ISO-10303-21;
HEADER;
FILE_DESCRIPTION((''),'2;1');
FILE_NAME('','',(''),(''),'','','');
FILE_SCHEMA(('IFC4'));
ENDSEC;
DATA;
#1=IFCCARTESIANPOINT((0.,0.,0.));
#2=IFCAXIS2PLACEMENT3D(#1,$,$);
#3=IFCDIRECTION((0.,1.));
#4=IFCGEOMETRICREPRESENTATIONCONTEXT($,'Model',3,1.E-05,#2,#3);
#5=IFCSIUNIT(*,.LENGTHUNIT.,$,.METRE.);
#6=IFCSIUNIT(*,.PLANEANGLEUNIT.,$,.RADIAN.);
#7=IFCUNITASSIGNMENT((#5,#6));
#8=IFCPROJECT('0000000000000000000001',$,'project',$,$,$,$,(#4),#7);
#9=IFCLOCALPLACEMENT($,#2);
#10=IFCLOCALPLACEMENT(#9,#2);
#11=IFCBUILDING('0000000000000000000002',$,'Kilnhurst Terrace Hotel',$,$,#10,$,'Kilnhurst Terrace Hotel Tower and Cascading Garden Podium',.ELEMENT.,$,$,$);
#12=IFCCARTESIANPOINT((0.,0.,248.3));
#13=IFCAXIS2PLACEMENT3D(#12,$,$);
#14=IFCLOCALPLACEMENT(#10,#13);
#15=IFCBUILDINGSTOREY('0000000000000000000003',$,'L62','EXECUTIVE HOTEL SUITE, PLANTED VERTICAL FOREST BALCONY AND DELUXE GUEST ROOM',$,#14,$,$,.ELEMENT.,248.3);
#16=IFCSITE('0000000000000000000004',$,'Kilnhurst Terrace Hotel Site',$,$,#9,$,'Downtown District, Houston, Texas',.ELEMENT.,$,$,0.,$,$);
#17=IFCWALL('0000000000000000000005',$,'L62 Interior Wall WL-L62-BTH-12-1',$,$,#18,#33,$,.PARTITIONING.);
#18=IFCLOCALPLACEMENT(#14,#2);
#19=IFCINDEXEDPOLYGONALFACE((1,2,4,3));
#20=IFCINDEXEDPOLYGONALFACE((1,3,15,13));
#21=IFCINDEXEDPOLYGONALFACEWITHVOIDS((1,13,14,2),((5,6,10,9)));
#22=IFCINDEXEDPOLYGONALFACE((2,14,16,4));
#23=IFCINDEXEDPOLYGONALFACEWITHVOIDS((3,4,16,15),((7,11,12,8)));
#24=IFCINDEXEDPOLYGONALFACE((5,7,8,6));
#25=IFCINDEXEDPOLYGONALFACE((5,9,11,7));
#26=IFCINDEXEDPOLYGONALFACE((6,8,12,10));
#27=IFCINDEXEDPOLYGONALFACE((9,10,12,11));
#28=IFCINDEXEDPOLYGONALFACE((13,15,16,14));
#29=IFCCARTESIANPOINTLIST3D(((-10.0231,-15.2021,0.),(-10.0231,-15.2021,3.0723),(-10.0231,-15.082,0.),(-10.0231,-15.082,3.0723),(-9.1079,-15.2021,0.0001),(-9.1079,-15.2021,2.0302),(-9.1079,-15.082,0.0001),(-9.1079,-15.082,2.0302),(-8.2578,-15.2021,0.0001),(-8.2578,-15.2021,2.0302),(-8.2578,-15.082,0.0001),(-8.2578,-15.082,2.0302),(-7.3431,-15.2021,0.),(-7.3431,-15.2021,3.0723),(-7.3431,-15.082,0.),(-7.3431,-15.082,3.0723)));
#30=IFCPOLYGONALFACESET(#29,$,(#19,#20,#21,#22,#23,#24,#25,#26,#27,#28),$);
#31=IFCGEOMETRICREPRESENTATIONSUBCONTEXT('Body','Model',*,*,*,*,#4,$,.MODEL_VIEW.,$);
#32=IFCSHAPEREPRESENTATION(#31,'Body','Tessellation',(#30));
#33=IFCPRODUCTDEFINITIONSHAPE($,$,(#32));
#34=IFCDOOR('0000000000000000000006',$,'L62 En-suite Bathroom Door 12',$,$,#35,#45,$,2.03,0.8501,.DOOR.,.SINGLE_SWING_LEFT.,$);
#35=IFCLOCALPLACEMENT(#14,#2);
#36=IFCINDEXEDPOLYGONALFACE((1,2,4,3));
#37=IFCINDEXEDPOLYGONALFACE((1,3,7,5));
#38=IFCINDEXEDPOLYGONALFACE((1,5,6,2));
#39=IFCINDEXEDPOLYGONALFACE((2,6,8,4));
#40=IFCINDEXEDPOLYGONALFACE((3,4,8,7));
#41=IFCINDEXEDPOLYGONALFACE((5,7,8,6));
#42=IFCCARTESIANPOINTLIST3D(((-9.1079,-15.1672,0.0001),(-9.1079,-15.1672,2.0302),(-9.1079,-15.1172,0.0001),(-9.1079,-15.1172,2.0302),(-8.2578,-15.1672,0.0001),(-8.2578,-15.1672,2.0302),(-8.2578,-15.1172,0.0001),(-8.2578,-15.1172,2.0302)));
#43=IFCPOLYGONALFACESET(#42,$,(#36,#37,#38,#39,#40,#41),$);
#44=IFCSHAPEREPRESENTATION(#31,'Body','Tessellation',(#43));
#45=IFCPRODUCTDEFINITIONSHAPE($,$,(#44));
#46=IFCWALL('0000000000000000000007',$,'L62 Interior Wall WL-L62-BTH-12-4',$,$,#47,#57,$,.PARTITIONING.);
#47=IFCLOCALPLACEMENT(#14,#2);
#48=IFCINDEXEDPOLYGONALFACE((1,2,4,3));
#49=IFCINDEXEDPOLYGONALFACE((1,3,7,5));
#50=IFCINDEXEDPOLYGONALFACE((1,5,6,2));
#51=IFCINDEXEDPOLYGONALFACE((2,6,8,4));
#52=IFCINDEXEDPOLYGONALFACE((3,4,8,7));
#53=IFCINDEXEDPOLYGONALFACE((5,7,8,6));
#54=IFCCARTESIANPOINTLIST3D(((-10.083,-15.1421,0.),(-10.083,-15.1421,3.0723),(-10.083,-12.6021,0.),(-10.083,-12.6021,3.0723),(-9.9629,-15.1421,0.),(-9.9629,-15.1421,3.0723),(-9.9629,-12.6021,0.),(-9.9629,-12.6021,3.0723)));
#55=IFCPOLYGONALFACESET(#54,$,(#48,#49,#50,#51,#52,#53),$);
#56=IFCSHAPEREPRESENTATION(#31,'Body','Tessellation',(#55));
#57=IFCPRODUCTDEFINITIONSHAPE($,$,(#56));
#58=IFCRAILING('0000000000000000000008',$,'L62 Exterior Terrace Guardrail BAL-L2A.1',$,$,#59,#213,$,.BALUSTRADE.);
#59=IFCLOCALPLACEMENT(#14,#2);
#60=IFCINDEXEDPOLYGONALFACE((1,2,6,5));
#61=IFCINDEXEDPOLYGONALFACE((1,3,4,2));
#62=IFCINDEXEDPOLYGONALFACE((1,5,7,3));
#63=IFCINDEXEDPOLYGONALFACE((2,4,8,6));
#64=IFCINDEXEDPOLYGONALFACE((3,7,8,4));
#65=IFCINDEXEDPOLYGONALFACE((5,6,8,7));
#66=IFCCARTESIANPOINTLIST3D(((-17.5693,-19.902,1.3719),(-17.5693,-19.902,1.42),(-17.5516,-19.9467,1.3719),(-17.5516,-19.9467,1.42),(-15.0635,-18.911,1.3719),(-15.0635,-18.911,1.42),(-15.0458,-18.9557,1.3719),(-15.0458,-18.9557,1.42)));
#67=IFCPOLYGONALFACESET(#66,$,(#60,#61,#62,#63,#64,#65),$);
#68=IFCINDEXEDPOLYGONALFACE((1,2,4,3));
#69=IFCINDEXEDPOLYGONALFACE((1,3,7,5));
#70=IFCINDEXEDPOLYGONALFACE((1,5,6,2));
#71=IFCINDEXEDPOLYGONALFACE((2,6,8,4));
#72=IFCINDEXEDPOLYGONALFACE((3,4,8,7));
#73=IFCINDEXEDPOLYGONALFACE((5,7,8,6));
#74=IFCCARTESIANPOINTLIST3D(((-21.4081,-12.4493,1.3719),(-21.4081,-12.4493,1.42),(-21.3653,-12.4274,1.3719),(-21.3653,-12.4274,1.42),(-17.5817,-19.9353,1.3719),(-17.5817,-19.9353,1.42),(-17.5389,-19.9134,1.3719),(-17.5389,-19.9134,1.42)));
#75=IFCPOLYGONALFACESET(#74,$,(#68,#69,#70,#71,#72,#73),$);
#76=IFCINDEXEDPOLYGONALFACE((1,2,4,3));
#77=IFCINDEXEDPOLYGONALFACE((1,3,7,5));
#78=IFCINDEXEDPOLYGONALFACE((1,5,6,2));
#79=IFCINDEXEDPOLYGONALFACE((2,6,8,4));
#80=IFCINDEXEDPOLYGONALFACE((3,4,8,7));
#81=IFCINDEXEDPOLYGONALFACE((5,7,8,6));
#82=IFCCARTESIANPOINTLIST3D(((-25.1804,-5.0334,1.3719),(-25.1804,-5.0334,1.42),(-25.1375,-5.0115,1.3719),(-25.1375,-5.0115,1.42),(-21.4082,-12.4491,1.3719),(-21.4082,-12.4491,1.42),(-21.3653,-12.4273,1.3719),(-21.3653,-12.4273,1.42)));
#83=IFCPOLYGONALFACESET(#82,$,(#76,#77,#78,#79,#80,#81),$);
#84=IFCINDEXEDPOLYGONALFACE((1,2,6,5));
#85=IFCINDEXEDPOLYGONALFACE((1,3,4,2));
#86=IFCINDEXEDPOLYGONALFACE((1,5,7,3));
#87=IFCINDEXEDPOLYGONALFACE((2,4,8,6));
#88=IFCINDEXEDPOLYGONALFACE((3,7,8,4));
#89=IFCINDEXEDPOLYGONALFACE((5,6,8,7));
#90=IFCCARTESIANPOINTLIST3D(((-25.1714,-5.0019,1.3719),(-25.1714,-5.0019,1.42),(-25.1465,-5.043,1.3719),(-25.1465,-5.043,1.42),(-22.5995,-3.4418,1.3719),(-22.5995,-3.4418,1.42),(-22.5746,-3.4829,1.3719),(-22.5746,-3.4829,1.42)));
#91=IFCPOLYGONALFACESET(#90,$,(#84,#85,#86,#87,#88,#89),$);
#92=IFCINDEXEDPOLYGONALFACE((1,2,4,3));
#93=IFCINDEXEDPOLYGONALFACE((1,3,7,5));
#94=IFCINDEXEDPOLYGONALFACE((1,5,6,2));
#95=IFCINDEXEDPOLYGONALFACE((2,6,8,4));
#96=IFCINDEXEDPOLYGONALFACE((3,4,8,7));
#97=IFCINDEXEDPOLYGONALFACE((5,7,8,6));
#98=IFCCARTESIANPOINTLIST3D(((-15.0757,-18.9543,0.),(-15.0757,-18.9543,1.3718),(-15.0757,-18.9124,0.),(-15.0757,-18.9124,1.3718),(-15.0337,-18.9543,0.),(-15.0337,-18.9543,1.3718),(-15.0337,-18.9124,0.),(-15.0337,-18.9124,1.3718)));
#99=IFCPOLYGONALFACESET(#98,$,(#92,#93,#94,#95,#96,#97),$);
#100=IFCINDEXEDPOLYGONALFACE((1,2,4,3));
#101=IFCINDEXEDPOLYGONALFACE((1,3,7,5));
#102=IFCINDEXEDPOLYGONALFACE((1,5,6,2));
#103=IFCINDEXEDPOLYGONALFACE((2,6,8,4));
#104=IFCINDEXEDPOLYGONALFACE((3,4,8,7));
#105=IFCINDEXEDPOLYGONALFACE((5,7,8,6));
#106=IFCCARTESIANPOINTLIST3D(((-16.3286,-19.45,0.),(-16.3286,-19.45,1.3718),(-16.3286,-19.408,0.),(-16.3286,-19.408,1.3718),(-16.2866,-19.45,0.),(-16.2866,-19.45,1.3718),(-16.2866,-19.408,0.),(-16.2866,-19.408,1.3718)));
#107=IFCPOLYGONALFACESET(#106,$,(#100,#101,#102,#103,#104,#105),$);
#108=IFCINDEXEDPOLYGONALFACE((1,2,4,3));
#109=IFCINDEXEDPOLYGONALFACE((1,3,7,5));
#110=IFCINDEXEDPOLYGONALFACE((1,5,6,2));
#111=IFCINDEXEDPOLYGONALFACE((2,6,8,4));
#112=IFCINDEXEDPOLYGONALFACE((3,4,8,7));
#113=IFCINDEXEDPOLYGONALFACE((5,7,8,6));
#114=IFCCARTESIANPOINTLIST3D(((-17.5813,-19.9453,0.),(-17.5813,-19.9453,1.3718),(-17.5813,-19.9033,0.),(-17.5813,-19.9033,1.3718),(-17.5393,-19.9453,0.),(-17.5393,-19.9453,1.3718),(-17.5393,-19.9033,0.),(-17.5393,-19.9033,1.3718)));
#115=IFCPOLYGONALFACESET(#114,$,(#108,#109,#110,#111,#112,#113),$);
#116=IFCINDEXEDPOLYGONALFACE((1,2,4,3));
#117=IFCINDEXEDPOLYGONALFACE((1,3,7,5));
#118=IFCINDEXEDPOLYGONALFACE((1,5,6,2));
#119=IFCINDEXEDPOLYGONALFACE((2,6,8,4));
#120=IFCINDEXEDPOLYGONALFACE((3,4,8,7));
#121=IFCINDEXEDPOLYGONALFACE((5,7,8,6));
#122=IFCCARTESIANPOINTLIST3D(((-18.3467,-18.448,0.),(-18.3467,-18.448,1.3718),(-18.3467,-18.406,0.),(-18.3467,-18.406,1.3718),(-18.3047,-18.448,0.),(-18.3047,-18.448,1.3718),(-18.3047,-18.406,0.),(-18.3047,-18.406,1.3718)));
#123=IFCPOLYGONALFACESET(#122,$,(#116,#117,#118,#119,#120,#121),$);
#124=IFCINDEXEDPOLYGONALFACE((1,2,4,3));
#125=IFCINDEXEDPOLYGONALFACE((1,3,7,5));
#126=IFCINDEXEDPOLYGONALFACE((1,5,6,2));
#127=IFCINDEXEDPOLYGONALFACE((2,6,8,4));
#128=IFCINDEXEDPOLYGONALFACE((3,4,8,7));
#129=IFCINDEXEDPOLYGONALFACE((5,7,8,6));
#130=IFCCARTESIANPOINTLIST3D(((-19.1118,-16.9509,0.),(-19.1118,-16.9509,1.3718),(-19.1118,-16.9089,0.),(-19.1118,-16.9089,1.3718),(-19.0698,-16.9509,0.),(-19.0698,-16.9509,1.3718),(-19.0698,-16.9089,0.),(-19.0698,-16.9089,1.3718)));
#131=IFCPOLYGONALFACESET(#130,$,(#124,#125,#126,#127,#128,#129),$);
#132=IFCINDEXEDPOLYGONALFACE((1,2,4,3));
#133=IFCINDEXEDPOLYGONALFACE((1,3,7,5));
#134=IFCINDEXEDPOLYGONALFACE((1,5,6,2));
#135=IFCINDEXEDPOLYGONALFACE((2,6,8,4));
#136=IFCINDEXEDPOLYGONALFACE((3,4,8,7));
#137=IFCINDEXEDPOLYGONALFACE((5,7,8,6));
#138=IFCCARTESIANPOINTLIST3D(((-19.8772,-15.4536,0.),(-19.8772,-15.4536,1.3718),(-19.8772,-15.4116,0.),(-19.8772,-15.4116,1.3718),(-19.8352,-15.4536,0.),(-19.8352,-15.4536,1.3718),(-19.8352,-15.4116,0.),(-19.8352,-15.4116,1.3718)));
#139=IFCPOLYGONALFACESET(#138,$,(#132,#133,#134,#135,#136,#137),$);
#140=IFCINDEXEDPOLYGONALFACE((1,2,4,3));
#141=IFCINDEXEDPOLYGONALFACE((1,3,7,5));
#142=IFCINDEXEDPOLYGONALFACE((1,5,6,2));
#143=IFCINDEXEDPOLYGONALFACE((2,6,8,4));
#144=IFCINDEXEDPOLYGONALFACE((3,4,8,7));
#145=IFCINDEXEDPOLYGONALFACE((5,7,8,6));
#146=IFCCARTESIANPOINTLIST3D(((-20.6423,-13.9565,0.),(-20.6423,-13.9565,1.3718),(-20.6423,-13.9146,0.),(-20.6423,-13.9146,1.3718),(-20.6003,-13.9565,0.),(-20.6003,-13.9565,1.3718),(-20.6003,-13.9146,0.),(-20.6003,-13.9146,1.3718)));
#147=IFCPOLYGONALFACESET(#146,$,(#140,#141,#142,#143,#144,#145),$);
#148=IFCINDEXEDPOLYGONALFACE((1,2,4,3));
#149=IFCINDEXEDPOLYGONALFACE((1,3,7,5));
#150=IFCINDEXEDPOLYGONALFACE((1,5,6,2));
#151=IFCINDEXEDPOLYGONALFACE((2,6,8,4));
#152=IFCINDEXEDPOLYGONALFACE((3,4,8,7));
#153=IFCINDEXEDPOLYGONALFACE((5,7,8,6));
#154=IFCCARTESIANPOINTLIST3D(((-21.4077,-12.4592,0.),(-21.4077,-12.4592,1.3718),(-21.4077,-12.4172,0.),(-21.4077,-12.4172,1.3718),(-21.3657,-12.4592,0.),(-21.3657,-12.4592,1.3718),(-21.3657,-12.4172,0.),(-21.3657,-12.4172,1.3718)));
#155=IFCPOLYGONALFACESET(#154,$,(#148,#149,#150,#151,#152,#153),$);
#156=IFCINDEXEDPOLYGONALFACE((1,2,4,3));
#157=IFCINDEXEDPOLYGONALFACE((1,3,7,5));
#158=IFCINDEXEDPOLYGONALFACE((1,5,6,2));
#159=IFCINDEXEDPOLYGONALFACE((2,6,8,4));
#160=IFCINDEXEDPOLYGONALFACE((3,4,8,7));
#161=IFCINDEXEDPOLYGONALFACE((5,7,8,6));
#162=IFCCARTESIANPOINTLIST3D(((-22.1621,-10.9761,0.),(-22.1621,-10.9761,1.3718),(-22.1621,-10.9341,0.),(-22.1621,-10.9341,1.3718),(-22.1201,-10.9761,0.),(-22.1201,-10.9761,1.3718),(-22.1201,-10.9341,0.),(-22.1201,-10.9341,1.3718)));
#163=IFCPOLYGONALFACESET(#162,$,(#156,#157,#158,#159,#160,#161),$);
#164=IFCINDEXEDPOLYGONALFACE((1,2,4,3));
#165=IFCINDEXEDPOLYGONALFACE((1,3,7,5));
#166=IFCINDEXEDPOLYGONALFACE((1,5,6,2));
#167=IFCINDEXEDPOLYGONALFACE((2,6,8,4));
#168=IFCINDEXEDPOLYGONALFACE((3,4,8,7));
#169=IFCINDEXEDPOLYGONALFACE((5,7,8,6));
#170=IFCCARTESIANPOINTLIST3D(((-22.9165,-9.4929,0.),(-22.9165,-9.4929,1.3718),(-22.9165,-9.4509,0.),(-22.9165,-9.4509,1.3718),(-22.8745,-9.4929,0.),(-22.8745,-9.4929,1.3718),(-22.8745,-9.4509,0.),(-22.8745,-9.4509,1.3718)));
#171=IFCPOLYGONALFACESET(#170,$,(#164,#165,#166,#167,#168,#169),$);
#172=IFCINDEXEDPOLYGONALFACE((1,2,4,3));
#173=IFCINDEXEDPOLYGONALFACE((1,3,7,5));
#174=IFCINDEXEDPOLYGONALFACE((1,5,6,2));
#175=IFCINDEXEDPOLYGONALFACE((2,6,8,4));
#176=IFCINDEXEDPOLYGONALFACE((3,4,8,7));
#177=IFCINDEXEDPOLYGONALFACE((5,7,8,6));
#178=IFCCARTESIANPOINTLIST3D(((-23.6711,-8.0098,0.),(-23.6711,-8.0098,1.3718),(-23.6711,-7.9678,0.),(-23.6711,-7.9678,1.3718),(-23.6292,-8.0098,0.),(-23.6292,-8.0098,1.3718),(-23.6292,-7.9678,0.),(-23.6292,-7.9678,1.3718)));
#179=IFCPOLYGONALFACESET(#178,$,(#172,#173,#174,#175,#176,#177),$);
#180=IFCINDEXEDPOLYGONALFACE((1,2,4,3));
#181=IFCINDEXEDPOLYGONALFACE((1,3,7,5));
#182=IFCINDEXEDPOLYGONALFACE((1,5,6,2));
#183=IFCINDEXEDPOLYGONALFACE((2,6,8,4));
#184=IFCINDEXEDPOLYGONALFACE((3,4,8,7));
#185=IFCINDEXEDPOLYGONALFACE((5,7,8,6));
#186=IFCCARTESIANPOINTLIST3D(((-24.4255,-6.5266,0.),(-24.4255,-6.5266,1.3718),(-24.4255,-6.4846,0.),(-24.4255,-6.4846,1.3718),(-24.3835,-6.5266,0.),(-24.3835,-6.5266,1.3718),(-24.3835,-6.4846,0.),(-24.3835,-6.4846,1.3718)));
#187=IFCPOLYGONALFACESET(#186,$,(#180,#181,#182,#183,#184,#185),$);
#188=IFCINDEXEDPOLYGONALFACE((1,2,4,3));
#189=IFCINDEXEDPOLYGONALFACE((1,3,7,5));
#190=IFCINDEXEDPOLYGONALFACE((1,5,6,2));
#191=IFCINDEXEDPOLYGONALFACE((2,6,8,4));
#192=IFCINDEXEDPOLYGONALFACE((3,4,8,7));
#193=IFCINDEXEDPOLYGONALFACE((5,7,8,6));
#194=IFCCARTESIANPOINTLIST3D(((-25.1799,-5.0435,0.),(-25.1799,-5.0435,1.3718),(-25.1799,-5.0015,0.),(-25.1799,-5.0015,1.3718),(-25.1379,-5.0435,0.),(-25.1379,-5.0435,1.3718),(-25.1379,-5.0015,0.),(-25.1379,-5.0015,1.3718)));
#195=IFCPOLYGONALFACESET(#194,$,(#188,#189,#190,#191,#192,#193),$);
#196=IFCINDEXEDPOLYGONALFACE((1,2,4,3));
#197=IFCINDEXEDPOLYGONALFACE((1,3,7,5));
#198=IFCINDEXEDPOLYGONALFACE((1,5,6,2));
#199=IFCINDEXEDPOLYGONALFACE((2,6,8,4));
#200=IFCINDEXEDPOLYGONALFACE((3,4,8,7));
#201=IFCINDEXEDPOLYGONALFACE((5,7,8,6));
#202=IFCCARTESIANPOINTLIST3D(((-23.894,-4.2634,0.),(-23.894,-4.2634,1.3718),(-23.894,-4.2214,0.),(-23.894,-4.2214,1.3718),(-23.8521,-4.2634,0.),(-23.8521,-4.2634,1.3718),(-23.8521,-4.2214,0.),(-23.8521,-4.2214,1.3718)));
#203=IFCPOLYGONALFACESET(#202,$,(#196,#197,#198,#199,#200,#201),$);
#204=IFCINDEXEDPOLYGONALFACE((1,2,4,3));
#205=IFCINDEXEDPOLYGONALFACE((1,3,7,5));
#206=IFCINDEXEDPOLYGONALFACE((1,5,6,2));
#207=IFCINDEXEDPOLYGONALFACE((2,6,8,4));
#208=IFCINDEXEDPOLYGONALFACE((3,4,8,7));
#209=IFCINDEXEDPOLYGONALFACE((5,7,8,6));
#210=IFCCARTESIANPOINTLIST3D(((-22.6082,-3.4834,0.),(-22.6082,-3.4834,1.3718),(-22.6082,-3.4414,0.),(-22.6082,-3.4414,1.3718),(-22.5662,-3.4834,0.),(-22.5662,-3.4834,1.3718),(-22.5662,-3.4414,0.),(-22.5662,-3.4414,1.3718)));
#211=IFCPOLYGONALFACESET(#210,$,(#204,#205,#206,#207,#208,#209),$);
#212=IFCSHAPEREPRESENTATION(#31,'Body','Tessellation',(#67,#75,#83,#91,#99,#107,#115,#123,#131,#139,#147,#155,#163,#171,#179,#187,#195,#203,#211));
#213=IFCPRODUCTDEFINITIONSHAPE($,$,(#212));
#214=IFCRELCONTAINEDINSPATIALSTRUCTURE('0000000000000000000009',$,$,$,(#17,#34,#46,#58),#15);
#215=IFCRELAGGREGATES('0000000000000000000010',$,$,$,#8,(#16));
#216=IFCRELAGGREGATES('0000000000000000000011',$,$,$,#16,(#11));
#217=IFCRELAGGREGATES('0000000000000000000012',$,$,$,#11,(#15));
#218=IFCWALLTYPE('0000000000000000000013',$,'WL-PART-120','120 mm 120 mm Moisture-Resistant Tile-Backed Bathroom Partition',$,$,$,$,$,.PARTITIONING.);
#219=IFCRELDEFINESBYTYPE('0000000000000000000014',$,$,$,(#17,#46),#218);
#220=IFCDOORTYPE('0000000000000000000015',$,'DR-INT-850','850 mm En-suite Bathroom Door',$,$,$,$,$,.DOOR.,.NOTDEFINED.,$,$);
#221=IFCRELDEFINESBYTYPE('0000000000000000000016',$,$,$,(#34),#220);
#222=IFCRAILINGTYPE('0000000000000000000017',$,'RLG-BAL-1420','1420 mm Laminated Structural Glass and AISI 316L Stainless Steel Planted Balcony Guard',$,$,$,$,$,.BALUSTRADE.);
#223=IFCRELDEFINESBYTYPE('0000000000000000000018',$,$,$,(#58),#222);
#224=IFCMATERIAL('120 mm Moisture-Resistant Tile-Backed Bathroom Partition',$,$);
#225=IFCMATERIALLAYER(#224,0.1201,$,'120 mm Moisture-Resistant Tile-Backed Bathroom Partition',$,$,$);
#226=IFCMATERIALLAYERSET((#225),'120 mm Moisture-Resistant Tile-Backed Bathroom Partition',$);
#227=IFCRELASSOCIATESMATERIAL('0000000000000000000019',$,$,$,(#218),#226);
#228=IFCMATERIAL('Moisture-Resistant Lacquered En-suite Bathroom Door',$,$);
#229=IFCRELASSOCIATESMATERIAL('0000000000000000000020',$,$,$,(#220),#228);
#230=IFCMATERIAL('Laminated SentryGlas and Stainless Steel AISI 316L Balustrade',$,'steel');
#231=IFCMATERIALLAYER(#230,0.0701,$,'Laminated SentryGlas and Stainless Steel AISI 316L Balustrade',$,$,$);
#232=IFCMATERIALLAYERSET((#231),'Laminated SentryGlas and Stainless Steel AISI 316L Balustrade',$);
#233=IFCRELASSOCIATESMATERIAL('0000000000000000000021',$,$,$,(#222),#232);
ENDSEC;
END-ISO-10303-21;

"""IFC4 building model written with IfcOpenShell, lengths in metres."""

from ifc_helpers import new_model, si_unit, direction, frame, frame_2d, origin, origin_2d, place, context, subcontext, project, spatial, rectangle, extrude, material, layer, layer_set, type_object, element, fill, save


model = new_model("IFC4")

# Units and contexts
model_context = context("Model", 3, precision=1e-05, world=origin(), true_north=direction((0.0, 1.0)))
body_context = subcontext(model_context, "Body", "Model", "MODEL_VIEW")
ifc_project = project(units=[si_unit("LENGTHUNIT", "METRE"), si_unit("PLANEANGLEUNIT", "RADIAN")], contexts=[model_context])

# Site, building, storey
site_placement = place(None, origin())
site = spatial("IfcSite", under=ifc_project, at=site_placement, Name="Kilnhurst Terrace Hotel Site", LongName="Downtown District, Houston, Texas", CompositionType="ELEMENT", RefElevation=0.0)
building_placement = place(site_placement, origin())
building = spatial("IfcBuilding", under=site, at=building_placement, Name="Kilnhurst Terrace Hotel", LongName="Kilnhurst Terrace Hotel Tower and Cascading Garden Podium", CompositionType="ELEMENT")
storey_placement = place(building_placement, frame((0.0, 0.0, 248.3)))
storey = spatial("IfcBuildingStorey", under=building, at=storey_placement, Name="L62", Description="EXECUTIVE HOTEL SUITE, PLANTED VERTICAL FOREST BALCONY AND DELUXE GUEST ROOM", CompositionType="ELEMENT", Elevation=248.3)

# Shared definitions
ifc_material_1 = material(Name="120 mm Moisture-Resistant Tile-Backed Bathroom Partition")
ifc_layer_1 = layer(ifc_material_1, 0.1201, Name="120 mm Moisture-Resistant Tile-Backed Bathroom Partition")
ifc_layer_set_1 = layer_set([ifc_layer_1], Name="120 mm Moisture-Resistant Tile-Backed Bathroom Partition")
wall_type_1 = type_object("IfcWallType", Name="WL-PART-120", Description="120 mm 120 mm Moisture-Resistant Tile-Backed Bathroom Partition", PredefinedType="PARTITIONING", material=ifc_layer_set_1)
ifc_material_2 = material(Name="Moisture-Resistant Lacquered En-suite Bathroom Door")
door_type_1 = type_object("IfcDoorType", Name="DR-INT-850", Description="850 mm En-suite Bathroom Door", OperationType="NOTDEFINED", PredefinedType="DOOR", material=ifc_material_2)

# Wall, opening, door
wall_1_placement = place(storey_placement, frame((-10.0229, -15.1421, 0.0), z_axis=(0.0, 0.0, 1.0), x_axis=(1.0, 0.0, 0.0)))
wall_1 = element("IfcWall", 1, at=wall_1_placement, inside=storey, type_object=wall_type_1, Name="L62 Interior Wall WL-L62-BTH-12-1", PredefinedType="PARTITIONING", context=body_context, shape_type="SweptSolid", body=[
    extrude(rectangle(XDim=2.6799, YDim=0.1201, at=frame_2d((1.3398, 0.0))), origin(), (0.0, 0.0, 1.0), 3.0723),
])
opening_1_placement = place(wall_1_placement, frame((0.915, 0.0, 0.0)))
opening_1 = element("IfcOpeningElement", 2, at=opening_1_placement, cuts=wall_1, PredefinedType="OPENING", context=body_context, shape_type="SweptSolid", body=[
    extrude(rectangle(XDim=0.8501, YDim=2.03, at=frame_2d((0.425, 1.0151))), frame((0.0, 0.0701, 0.0), z_axis=(0.0, -1.0, 0.0), x_axis=(1.0, 0.0, 0.0)), (0.0, 0.0, 1.0), 0.1401),
])
door_1_placement = place(opening_1_placement, origin())
door_1 = element("IfcDoor", 3, at=door_1_placement, inside=storey, type_object=door_type_1, Name="L62 En-suite Bathroom Door 12", OperationType="SINGLE_SWING_LEFT", OverallHeight=2.03, OverallWidth=0.8501, PredefinedType="DOOR", context=body_context, shape_type="SweptSolid", body=[
    extrude(rectangle(XDim=0.8501, YDim=2.03, at=frame_2d((0.425, 1.0151))), frame((0.0, 0.0249, 0.0), z_axis=(0.0, -1.0, 0.0), x_axis=(1.0, 0.0, 0.0)), (0.0, 0.0, 1.0), 0.05),
])
fill(opening_1, door_1)

# Wall
wall_2_placement = place(storey_placement, frame((-10.0229, -12.6021, 0.0), z_axis=(0.0, 0.0, 1.0), x_axis=(0.0, -1.0, 0.0)))
element("IfcWall", 4, at=wall_2_placement, inside=storey, type_object=wall_type_1, Name="L62 Interior Wall WL-L62-BTH-12-4", PredefinedType="PARTITIONING", context=body_context, shape_type="SweptSolid", body=[
    extrude(rectangle(XDim=2.54, YDim=0.1201, at=frame_2d((1.27, 0.0))), origin(), (0.0, 0.0, 1.0), 3.0723),
])

# Railing
ifc_material_3 = material(Name="Laminated SentryGlas and Stainless Steel AISI 316L Balustrade", Category="steel")
ifc_layer_2 = layer(ifc_material_3, 0.0701, Name="Laminated SentryGlas and Stainless Steel AISI 316L Balustrade")
ifc_layer_set_2 = layer_set([ifc_layer_2], Name="Laminated SentryGlas and Stainless Steel AISI 316L Balustrade")
railing_type = type_object("IfcRailingType", Name="RLG-BAL-1420", Description="1420 mm Laminated Structural Glass and AISI 316L Stainless Steel Planted Balcony Guard", PredefinedType="BALUSTRADE", material=ifc_layer_set_2)
railing_placement = place(storey_placement, frame((-15.0547, -18.9333, 0.0)))
element("IfcRailing", 5, at=railing_placement, inside=storey, type_object=railing_type, Name="L62 Exterior Terrace Guardrail BAL-L2A.1", PredefinedType="BALUSTRADE", context=body_context, shape_type="SweptSolid", body=[
    extrude(rectangle(XDim=0.0481, YDim=0.0481, at=origin_2d()), frame((0.0, 0.0, 1.396), z_axis=(-0.929913, -0.367779, 0.0), x_axis=(0.367779, -0.929913, 0.0)), (0.0, 0.0, 1.0), 2.6946),
    extrude(rectangle(XDim=0.0481, YDim=0.0481, at=origin_2d()), frame((-2.5056, -0.991, 1.396), z_axis=(-0.455129, 0.890425, 0.0), x_axis=(-0.890425, -0.455129, 0.0)), (0.0, 0.0, 1.0), 8.4072),
    extrude(rectangle(XDim=0.0481, YDim=0.0481, at=origin_2d()), frame((-6.332, 6.4951, 1.396), z_axis=(-0.453389, 0.891313, 0.0), x_axis=(-0.891313, -0.453389, 0.0)), (0.0, 0.0, 1.0), 8.3201),
    extrude(rectangle(XDim=0.0481, YDim=0.0481, at=origin_2d()), frame((-10.1042, 13.9109, 1.396), z_axis=(0.854991, 0.518643, 0.0), x_axis=(-0.518643, 0.854991, 0.0)), (0.0, 0.0, 1.0), 3.0081),
    extrude(rectangle(XDim=0.042, YDim=0.042, at=origin_2d()), origin(), (0.0, 0.0, 1.0), 1.3718),
    extrude(rectangle(XDim=0.042, YDim=0.042, at=origin_2d()), frame((-1.2529, -0.4956, 0.0)), (0.0, 0.0, 1.0), 1.3718),
    extrude(rectangle(XDim=0.042, YDim=0.042, at=origin_2d()), frame((-2.5056, -0.991, 0.0)), (0.0, 0.0, 1.0), 1.3718),
    extrude(rectangle(XDim=0.042, YDim=0.042, at=origin_2d()), frame((-3.271, 0.5063, 0.0)), (0.0, 0.0, 1.0), 1.3718),
    extrude(rectangle(XDim=0.042, YDim=0.042, at=origin_2d()), frame((-4.0361, 2.0034, 0.0)), (0.0, 0.0, 1.0), 1.3718),
    extrude(rectangle(XDim=0.042, YDim=0.042, at=origin_2d()), frame((-4.8015, 3.5007, 0.0)), (0.0, 0.0, 1.0), 1.3718),
    extrude(rectangle(XDim=0.042, YDim=0.042, at=origin_2d()), frame((-5.5667, 4.9978, 0.0)), (0.0, 0.0, 1.0), 1.3718),
    extrude(rectangle(XDim=0.042, YDim=0.042, at=origin_2d()), frame((-6.332, 6.4951, 0.0)), (0.0, 0.0, 1.0), 1.3718),
    extrude(rectangle(XDim=0.042, YDim=0.042, at=origin_2d()), frame((-7.0864, 7.9783, 0.0)), (0.0, 0.0, 1.0), 1.3718),
    extrude(rectangle(XDim=0.042, YDim=0.042, at=origin_2d()), frame((-7.8408, 9.4614, 0.0)), (0.0, 0.0, 1.0), 1.3718),
    extrude(rectangle(XDim=0.042, YDim=0.042, at=origin_2d()), frame((-8.5955, 10.9446, 0.0)), (0.0, 0.0, 1.0), 1.3718),
    extrude(rectangle(XDim=0.042, YDim=0.042, at=origin_2d()), frame((-9.3499, 12.4277, 0.0)), (0.0, 0.0, 1.0), 1.3718),
    extrude(rectangle(XDim=0.042, YDim=0.042, at=origin_2d()), frame((-10.1042, 13.9109, 0.0)), (0.0, 0.0, 1.0), 1.3718),
    extrude(rectangle(XDim=0.042, YDim=0.042, at=origin_2d()), frame((-8.8184, 14.6909, 0.0)), (0.0, 0.0, 1.0), 1.3718),
    extrude(rectangle(XDim=0.042, YDim=0.042, at=origin_2d()), frame((-7.5325, 15.4709, 0.0)), (0.0, 0.0, 1.0), 1.3718),
])

save(model, "model.ifc")
